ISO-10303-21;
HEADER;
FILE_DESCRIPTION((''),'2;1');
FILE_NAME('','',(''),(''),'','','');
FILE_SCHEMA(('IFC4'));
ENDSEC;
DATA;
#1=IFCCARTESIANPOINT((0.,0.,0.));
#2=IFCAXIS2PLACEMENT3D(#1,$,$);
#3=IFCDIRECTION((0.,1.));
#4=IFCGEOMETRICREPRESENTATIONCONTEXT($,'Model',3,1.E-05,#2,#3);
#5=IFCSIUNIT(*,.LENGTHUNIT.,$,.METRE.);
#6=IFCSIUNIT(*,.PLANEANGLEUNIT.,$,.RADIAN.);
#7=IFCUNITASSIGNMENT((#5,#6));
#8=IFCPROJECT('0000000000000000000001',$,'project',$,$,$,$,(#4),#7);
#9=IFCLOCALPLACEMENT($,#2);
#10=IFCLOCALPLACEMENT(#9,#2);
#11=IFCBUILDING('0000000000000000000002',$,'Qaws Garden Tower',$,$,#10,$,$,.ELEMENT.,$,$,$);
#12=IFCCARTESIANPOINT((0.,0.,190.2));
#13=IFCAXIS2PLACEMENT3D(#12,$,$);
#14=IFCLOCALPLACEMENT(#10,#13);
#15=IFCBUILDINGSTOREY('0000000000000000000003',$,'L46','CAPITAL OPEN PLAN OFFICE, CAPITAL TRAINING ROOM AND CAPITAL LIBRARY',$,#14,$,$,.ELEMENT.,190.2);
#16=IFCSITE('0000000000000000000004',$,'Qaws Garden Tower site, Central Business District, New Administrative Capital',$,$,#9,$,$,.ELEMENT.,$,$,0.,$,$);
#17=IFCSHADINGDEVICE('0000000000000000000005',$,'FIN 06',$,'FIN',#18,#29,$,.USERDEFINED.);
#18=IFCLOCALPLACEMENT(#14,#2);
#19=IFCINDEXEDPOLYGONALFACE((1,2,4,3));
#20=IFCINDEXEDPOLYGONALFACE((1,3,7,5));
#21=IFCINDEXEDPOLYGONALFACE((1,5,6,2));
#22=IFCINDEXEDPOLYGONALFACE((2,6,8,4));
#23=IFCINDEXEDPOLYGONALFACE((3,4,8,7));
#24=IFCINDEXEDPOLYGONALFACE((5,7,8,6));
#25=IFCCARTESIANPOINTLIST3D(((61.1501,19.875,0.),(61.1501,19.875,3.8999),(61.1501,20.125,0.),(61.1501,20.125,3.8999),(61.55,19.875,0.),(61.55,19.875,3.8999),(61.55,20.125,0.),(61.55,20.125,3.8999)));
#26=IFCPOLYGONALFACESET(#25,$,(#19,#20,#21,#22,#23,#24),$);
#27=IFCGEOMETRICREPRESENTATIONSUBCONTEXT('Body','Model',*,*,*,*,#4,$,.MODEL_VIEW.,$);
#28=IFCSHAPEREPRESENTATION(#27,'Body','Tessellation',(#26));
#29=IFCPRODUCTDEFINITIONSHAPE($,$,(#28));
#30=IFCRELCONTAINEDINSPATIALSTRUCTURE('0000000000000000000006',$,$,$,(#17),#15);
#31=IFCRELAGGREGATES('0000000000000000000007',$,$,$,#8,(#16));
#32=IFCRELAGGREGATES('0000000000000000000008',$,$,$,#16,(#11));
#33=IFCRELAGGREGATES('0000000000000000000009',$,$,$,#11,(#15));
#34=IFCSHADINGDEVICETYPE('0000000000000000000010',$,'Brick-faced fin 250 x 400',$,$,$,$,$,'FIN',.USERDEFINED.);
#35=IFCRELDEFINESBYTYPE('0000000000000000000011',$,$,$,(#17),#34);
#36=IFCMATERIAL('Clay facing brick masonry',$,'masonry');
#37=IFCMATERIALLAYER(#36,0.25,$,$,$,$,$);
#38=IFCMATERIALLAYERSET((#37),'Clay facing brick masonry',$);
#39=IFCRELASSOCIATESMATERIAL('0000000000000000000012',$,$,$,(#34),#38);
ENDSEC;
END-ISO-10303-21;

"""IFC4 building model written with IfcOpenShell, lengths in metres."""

from ifc_helpers import new_model, si_unit, direction, frame, origin, origin_2d, place, context, subcontext, project, spatial, rectangle, extrude, material, layer, layer_set, type_object, element, save


model = new_model("IFC4")

# Units and contexts
model_context = context("Model", 3, precision=1e-05, world=origin(), true_north=direction((0.0, 1.0)))
body_context = subcontext(model_context, "Body", "Model", "MODEL_VIEW")
ifc_project = project(units=[si_unit("LENGTHUNIT", "METRE"), si_unit("PLANEANGLEUNIT", "RADIAN")], contexts=[model_context])

# Site, building, storey
site_placement = place(None, origin())
site = spatial("IfcSite", under=ifc_project, at=site_placement, Name="Qaws Garden Tower site, Central Business District, New Administrative Capital", CompositionType="ELEMENT", RefElevation=0.0)
building_placement = place(site_placement, origin())
building = spatial("IfcBuilding", under=site, at=building_placement, Name="Qaws Garden Tower", CompositionType="ELEMENT")
storey_placement = place(building_placement, frame((0.0, 0.0, 190.2)))
storey = spatial("IfcBuildingStorey", under=building, at=storey_placement, Name="L46", Description="CAPITAL OPEN PLAN OFFICE, CAPITAL TRAINING ROOM AND CAPITAL LIBRARY", CompositionType="ELEMENT", Elevation=190.2)

# Shading device
ifc_material_1 = material(Name="Clay facing brick masonry", Category="masonry")
ifc_layer_1 = layer(ifc_material_1, 0.25)
ifc_layer_set_1 = layer_set([ifc_layer_1], Name="Clay facing brick masonry")
shading_device_type = type_object("IfcShadingDeviceType", Name="Brick-faced fin 250 x 400", ElementType="FIN", PredefinedType="USERDEFINED", material=ifc_layer_set_1)
shading_device_placement = place(storey_placement, frame((61.3501, 20.0, 0.0), z_axis=(0.0, 0.0, 1.0), x_axis=(0.0, 1.0, 0.0)))
element("IfcShadingDevice", 1, at=shading_device_placement, inside=storey, type_object=shading_device_type, Name="FIN 06", ObjectType="FIN", PredefinedType="USERDEFINED", context=body_context, shape_type="SweptSolid", body=[
    extrude(rectangle(XDim=0.25, YDim=0.3999, at=origin_2d()), origin(), (0.0, 0.0, 1.0), 3.8999),
])

save(model, "model.ifc")
